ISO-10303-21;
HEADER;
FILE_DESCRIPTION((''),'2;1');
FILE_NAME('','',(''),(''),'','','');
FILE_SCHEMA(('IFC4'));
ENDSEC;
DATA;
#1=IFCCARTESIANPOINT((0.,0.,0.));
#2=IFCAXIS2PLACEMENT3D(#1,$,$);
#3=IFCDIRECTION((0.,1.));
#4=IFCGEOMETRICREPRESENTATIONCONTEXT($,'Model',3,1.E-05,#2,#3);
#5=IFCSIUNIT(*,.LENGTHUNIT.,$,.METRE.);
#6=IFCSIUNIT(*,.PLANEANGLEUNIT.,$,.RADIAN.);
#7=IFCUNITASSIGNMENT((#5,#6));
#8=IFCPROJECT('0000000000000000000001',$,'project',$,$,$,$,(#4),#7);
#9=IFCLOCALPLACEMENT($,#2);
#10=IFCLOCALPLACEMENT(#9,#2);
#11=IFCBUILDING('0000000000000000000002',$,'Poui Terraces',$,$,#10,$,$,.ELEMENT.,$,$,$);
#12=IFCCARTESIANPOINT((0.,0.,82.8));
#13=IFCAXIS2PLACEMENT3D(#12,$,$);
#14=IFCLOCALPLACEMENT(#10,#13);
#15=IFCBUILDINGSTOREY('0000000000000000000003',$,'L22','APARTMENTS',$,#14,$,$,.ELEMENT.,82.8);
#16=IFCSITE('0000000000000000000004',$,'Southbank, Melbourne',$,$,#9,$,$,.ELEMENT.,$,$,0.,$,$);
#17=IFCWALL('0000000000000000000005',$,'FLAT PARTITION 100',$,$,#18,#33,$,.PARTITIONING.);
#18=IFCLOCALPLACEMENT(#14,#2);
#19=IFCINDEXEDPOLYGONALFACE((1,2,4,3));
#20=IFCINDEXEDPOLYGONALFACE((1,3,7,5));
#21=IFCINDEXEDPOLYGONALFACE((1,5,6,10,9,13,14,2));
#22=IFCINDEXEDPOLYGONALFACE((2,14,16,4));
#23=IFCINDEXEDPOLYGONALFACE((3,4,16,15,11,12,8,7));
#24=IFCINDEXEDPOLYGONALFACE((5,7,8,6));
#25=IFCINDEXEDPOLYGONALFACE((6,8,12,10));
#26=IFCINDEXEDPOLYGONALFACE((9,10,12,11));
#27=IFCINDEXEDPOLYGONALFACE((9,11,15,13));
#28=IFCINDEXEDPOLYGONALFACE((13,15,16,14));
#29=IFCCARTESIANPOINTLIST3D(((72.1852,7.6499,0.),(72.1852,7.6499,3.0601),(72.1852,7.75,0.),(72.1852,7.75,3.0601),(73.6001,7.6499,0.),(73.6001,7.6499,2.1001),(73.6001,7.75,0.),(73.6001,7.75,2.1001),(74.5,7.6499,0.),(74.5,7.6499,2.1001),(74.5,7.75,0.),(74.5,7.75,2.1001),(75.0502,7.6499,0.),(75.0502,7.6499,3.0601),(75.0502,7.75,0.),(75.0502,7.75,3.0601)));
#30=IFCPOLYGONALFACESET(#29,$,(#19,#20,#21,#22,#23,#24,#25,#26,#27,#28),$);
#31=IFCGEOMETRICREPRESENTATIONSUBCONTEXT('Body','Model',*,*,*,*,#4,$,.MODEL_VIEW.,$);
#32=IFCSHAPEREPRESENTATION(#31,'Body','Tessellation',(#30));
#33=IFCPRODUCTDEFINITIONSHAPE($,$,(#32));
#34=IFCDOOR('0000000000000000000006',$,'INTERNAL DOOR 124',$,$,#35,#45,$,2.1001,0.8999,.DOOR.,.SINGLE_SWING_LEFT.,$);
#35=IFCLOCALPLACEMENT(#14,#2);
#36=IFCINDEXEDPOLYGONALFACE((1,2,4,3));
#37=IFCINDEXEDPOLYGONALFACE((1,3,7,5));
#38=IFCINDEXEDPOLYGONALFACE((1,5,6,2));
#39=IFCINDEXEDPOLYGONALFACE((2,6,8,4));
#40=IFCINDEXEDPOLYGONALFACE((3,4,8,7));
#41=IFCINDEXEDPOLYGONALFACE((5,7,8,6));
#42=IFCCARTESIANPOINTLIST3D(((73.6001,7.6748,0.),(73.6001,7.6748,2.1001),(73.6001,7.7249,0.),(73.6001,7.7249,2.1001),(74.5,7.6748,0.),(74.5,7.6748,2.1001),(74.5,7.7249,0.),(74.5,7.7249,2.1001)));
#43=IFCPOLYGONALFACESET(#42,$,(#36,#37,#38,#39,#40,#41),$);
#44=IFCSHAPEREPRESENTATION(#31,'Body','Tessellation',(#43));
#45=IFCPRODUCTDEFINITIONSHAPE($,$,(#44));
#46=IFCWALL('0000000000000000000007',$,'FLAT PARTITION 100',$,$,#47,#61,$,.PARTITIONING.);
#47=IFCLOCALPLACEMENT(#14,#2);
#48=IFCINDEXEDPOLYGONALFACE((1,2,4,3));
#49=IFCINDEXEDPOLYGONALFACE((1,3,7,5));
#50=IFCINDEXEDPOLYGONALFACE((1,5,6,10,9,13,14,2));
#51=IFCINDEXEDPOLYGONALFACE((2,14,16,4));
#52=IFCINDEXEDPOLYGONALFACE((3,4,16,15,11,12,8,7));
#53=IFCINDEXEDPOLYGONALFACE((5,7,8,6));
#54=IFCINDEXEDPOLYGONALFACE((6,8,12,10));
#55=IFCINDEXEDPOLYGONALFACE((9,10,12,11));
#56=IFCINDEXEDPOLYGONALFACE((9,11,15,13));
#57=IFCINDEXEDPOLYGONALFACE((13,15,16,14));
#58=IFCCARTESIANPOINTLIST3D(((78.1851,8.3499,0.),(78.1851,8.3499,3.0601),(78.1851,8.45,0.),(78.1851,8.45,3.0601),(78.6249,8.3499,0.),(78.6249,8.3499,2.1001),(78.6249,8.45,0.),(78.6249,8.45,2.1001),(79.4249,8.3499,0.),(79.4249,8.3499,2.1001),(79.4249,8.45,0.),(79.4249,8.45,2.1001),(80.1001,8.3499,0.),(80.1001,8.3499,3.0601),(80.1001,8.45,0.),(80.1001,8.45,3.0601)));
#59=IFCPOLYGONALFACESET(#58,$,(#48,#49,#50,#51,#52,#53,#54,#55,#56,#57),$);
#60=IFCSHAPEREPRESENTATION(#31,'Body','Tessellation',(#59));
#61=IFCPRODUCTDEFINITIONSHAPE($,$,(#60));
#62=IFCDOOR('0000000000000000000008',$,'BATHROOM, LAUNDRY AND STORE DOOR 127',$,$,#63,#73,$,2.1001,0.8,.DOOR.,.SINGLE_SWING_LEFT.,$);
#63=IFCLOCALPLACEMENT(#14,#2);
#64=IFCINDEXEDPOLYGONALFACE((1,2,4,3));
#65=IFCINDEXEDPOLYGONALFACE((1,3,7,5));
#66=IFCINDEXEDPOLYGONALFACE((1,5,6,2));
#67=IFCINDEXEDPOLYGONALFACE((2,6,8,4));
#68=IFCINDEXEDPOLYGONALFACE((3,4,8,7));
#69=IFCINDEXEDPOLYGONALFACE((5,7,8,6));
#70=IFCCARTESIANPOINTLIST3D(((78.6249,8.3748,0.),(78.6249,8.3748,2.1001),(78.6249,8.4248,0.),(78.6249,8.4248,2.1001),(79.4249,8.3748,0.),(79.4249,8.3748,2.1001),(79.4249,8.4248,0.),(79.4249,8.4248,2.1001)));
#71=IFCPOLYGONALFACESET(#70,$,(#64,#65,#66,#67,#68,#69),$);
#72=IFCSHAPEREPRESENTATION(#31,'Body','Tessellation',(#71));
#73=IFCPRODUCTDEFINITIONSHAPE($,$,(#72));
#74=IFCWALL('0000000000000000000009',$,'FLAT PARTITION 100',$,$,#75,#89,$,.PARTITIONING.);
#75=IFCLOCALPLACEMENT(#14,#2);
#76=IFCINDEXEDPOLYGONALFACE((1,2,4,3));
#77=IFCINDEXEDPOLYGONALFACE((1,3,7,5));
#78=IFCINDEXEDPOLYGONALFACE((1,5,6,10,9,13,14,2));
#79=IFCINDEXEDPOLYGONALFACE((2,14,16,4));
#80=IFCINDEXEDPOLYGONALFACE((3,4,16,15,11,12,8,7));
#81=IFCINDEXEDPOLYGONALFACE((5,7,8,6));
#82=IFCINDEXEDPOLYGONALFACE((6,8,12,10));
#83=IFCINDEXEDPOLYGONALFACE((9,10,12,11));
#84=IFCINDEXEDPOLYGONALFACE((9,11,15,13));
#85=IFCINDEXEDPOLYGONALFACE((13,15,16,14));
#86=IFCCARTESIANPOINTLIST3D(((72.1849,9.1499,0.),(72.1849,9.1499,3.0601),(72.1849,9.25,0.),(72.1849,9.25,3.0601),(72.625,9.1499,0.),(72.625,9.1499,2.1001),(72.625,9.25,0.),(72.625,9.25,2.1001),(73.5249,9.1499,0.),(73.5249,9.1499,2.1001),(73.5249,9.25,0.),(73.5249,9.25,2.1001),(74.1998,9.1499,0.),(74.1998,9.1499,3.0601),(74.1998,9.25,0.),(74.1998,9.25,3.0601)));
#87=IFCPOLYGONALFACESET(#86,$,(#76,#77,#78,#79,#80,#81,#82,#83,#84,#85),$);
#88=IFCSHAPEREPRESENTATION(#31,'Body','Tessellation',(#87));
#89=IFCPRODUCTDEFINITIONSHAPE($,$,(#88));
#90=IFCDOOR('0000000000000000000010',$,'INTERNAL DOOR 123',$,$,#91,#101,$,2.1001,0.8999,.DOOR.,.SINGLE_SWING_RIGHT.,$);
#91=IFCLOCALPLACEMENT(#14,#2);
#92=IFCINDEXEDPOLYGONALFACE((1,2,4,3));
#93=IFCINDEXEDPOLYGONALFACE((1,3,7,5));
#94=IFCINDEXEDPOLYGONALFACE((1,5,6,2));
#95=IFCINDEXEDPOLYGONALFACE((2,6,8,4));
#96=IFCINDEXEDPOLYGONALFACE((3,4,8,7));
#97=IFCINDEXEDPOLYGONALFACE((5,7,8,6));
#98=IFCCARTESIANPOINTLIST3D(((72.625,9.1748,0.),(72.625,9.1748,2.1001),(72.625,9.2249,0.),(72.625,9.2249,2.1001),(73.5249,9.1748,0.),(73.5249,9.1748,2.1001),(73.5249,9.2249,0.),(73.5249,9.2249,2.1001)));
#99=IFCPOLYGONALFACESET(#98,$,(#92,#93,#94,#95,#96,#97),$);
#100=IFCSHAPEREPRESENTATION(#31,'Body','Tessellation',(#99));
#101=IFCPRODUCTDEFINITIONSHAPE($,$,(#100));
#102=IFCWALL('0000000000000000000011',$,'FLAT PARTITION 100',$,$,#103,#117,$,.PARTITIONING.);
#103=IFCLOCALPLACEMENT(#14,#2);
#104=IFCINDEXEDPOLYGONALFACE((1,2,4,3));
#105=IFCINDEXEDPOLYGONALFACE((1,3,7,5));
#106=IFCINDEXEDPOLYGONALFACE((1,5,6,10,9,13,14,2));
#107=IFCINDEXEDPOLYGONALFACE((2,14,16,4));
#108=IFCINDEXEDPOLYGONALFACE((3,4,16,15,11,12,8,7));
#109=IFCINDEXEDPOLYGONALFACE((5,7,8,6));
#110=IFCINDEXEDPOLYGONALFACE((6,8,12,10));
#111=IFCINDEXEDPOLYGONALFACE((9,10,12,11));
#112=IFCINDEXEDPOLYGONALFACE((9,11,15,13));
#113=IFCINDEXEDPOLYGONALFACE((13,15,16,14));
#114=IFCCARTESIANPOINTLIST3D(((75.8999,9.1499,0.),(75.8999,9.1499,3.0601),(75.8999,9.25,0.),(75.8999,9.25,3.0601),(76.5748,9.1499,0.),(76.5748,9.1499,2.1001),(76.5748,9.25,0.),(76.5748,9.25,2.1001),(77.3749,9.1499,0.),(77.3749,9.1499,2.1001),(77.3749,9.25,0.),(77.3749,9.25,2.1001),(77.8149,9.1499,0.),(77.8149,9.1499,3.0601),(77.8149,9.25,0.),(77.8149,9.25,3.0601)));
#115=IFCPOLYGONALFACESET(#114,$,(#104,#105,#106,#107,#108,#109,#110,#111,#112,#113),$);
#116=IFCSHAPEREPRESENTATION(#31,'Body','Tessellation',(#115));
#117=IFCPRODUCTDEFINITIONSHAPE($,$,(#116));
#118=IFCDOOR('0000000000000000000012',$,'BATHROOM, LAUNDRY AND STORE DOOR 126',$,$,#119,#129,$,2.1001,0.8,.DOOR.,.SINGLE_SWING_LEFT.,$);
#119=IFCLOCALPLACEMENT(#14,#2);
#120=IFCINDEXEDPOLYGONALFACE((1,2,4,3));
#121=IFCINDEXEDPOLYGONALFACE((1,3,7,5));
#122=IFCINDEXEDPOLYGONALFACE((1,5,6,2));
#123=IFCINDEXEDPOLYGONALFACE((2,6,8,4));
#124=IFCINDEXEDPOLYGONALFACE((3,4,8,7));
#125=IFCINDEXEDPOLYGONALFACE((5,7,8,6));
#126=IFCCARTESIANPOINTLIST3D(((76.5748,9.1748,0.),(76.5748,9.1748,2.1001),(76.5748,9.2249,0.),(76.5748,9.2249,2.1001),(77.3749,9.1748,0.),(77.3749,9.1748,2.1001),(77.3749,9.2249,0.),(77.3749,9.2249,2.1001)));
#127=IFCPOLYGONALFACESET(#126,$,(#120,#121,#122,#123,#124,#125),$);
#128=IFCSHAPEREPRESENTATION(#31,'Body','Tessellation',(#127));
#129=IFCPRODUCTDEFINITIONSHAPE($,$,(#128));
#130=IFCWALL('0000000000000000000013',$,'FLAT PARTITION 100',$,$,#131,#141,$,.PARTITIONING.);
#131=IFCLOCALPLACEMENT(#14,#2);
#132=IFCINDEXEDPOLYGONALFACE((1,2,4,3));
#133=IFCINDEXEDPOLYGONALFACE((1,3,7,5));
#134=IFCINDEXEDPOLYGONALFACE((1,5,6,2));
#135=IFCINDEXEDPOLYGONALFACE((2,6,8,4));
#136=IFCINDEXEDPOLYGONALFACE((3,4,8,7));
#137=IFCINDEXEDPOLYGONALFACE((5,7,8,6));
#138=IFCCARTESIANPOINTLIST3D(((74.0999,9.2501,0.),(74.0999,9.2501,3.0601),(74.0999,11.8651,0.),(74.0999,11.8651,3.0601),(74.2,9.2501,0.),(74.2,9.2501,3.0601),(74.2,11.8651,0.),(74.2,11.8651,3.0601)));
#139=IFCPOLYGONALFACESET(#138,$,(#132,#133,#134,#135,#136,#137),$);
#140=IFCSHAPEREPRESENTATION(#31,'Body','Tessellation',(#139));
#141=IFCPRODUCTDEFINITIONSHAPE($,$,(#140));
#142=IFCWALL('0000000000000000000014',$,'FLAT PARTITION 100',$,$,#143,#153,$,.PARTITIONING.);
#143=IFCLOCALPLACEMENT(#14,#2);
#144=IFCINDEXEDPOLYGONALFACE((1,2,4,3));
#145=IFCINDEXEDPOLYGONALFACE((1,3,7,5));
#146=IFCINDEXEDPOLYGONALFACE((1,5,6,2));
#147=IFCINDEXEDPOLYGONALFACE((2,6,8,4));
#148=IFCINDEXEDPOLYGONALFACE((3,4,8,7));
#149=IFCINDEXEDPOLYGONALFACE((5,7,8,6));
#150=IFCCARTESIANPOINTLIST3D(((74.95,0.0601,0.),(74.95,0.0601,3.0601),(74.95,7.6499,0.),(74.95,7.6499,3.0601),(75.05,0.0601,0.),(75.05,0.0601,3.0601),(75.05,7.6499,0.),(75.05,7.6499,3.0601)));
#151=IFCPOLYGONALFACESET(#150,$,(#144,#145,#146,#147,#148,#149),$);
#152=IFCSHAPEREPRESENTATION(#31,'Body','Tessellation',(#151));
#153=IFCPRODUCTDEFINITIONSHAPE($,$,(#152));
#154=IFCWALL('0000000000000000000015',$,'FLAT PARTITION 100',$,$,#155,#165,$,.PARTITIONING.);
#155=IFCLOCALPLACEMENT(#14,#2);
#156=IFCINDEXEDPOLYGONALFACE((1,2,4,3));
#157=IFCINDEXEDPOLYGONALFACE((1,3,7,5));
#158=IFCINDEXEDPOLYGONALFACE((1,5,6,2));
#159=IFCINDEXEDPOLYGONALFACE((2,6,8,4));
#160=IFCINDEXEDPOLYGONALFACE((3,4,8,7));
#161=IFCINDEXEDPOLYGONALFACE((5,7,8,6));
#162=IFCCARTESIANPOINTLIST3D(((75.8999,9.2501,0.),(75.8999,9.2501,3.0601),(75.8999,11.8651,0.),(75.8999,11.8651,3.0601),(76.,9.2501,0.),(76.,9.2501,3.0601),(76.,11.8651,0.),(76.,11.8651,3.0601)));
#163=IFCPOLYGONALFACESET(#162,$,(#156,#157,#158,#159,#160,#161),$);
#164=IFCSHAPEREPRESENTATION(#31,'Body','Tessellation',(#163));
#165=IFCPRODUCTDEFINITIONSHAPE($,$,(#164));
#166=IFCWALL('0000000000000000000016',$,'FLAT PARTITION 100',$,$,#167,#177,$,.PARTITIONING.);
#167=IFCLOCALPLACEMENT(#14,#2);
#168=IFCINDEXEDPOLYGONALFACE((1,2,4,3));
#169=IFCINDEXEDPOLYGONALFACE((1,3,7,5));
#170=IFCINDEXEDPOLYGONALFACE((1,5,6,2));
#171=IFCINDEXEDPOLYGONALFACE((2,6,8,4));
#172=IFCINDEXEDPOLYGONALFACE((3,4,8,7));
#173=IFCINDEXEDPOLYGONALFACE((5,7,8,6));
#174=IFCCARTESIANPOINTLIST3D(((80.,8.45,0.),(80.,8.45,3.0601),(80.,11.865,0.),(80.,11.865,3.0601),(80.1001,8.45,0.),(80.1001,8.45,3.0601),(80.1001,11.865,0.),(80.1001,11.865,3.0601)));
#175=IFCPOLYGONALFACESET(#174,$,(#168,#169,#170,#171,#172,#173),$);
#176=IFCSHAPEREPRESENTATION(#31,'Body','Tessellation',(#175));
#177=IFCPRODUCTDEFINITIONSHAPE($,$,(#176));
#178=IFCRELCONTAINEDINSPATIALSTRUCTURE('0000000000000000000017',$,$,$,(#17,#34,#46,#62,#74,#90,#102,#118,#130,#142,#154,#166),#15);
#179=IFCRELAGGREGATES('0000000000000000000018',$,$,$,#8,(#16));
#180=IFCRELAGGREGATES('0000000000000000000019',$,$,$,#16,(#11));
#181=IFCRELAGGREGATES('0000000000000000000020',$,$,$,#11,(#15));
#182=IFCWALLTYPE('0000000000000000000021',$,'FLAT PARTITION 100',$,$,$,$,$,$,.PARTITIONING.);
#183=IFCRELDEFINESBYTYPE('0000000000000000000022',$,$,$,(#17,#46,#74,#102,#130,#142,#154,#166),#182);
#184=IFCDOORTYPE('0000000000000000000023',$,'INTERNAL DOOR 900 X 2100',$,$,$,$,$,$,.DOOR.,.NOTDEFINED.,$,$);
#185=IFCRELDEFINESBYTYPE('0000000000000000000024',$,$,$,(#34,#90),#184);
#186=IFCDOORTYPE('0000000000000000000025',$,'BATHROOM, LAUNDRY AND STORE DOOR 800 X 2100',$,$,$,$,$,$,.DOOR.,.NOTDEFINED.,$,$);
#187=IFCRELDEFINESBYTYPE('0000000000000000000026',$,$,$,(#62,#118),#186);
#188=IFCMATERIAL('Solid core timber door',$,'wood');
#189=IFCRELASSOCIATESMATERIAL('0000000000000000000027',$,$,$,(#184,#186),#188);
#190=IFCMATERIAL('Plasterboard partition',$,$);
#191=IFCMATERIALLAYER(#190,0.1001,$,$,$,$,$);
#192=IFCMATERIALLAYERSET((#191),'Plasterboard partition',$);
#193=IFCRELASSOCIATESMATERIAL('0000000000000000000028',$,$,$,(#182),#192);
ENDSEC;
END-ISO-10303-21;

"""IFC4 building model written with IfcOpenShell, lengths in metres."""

from ifc_helpers import new_model, si_unit, direction, frame, frame_2d, origin, place, context, subcontext, project, spatial, rectangle, extrude, material, layer, layer_set, type_object, element, fill, save


model = new_model("IFC4")

# Units and contexts
model_context = context("Model", 3, precision=1e-05, world=origin(), true_north=direction((0.0, 1.0)))
body_context = subcontext(model_context, "Body", "Model", "MODEL_VIEW")
ifc_project = project(units=[si_unit("LENGTHUNIT", "METRE"), si_unit("PLANEANGLEUNIT", "RADIAN")], contexts=[model_context])

# Site, building, storey
site_placement = place(None, origin())
site = spatial("IfcSite", under=ifc_project, at=site_placement, Name="Southbank, Melbourne", CompositionType="ELEMENT", RefElevation=0.0)
building_placement = place(site_placement, origin())
building = spatial("IfcBuilding", under=site, at=building_placement, Name="Poui Terraces", CompositionType="ELEMENT")
storey_placement = place(building_placement, frame((0.0, 0.0, 82.8)))
storey = spatial("IfcBuildingStorey", under=building, at=storey_placement, Name="L22", Description="APARTMENTS", CompositionType="ELEMENT", Elevation=82.8)

# Shared definitions
ifc_material_1 = material(Name="Solid core timber door", Category="wood")
door_type_1 = type_object("IfcDoorType", Name="INTERNAL DOOR 900 X 2100", OperationType="NOTDEFINED", PredefinedType="DOOR", material=ifc_material_1)

# Walls, openings, doors
ifc_material_2 = material(Name="Plasterboard partition")
ifc_layer_1 = layer(ifc_material_2, 0.1001)
ifc_layer_set_1 = layer_set([ifc_layer_1], Name="Plasterboard partition")
wall_type_1 = type_object("IfcWallType", Name="FLAT PARTITION 100", PredefinedType="PARTITIONING", material=ifc_layer_set_1)
wall_1_placement = place(storey_placement, frame((72.1851, 7.7, 0.0), z_axis=(0.0, 0.0, 1.0), x_axis=(1.0, 0.0, 0.0)))
wall_1 = element("IfcWall", 1, at=wall_1_placement, inside=storey, type_object=wall_type_1, Name="FLAT PARTITION 100", PredefinedType="PARTITIONING", context=body_context, shape_type="SweptSolid", body=[
    extrude(rectangle(XDim=2.865, YDim=0.1001, at=frame_2d((1.4326, 0.0))), origin(), (0.0, 0.0, 1.0), 3.0601),
])
opening_1_placement = place(wall_1_placement, frame((1.415, 0.0, 0.0)))
opening_1 = element("IfcOpeningElement", 2, at=opening_1_placement, cuts=wall_1, PredefinedType="OPENING", context=body_context, shape_type="SweptSolid", body=[
    extrude(rectangle(XDim=0.8999, YDim=2.1001, at=frame_2d((0.45, 1.05))), frame((0.0, 0.0601, 0.0), z_axis=(0.0, -1.0, 0.0), x_axis=(1.0, 0.0, 0.0)), (0.0, 0.0, 1.0), 0.1201),
])
door_1_placement = place(opening_1_placement, origin())
door_1 = element("IfcDoor", 3, at=door_1_placement, inside=storey, type_object=door_type_1, Name="INTERNAL DOOR 124", OperationType="SINGLE_SWING_LEFT", OverallHeight=2.1001, OverallWidth=0.8999, PredefinedType="DOOR", context=body_context, shape_type="SweptSolid", body=[
    extrude(rectangle(XDim=0.8999, YDim=2.1001, at=frame_2d((0.45, 1.05))), frame((0.0, 0.0249, 0.0), z_axis=(0.0, -1.0, 0.0), x_axis=(1.0, 0.0, 0.0)), (0.0, 0.0, 1.0), 0.05),
])
fill(opening_1, door_1)
wall_2_placement = place(storey_placement, frame((78.1851, 8.3999, 0.0), z_axis=(0.0, 0.0, 1.0), x_axis=(1.0, 0.0, 0.0)))
wall_2 = element("IfcWall", 4, at=wall_2_placement, inside=storey, type_object=wall_type_1, Name="FLAT PARTITION 100", PredefinedType="PARTITIONING", context=body_context, shape_type="SweptSolid", body=[
    extrude(rectangle(XDim=1.915, YDim=0.1001, at=frame_2d((0.9575, 0.0))), origin(), (0.0, 0.0, 1.0), 3.0601),
])
opening_2_placement = place(wall_2_placement, frame((0.4399, 0.0, 0.0)))
opening_2 = element("IfcOpeningElement", 5, at=opening_2_placement, cuts=wall_2, PredefinedType="OPENING", context=body_context, shape_type="SweptSolid", body=[
    extrude(rectangle(XDim=0.8, YDim=2.1001, at=frame_2d((0.3999, 1.05))), frame((0.0, 0.0601, 0.0), z_axis=(0.0, -1.0, 0.0), x_axis=(1.0, 0.0, 0.0)), (0.0, 0.0, 1.0), 0.1201),
])
door_type_2 = type_object("IfcDoorType", Name="BATHROOM, LAUNDRY AND STORE DOOR 800 X 2100", OperationType="NOTDEFINED", PredefinedType="DOOR", material=ifc_material_1)
door_2_placement = place(opening_2_placement, origin())
door_2 = element("IfcDoor", 6, at=door_2_placement, inside=storey, type_object=door_type_2, Name="BATHROOM, LAUNDRY AND STORE DOOR 127", OperationType="SINGLE_SWING_LEFT", OverallHeight=2.1001, OverallWidth=0.8, PredefinedType="DOOR", context=body_context, shape_type="SweptSolid", body=[
    extrude(rectangle(XDim=0.8, YDim=2.1001, at=frame_2d((0.3999, 1.05))), frame((0.0, 0.0249, 0.0), z_axis=(0.0, -1.0, 0.0), x_axis=(1.0, 0.0, 0.0)), (0.0, 0.0, 1.0), 0.05),
])
fill(opening_2, door_2)
wall_3_placement = place(storey_placement, frame((72.1851, 9.2, 0.0), z_axis=(0.0, 0.0, 1.0), x_axis=(1.0, 0.0, 0.0)))
wall_3 = element("IfcWall", 7, at=wall_3_placement, inside=storey, type_object=wall_type_1, Name="FLAT PARTITION 100", PredefinedType="PARTITIONING", context=body_context, shape_type="SweptSolid", body=[
    extrude(rectangle(XDim=2.0149, YDim=0.1001, at=frame_2d((1.0073, 0.0))), origin(), (0.0, 0.0, 1.0), 3.0601),
])
opening_3_placement = place(wall_3_placement, frame((0.4399, 0.0, 0.0)))
opening_3 = element("IfcOpeningElement", 8, at=opening_3_placement, cuts=wall_3, PredefinedType="OPENING", context=body_context, shape_type="SweptSolid", body=[
    extrude(rectangle(XDim=0.8999, YDim=2.1001, at=frame_2d((0.45, 1.05))), frame((0.0, 0.0601, 0.0), z_axis=(0.0, -1.0, 0.0), x_axis=(1.0, 0.0, 0.0)), (0.0, 0.0, 1.0), 0.1201),
])
door_3_placement = place(opening_3_placement, origin())
door_3 = element("IfcDoor", 9, at=door_3_placement, inside=storey, type_object=door_type_1, Name="INTERNAL DOOR 123", OperationType="SINGLE_SWING_RIGHT", OverallHeight=2.1001, OverallWidth=0.8999, PredefinedType="DOOR", context=body_context, shape_type="SweptSolid", body=[
    extrude(rectangle(XDim=0.8999, YDim=2.1001, at=frame_2d((0.45, 1.05))), frame((0.0, 0.0249, 0.0), z_axis=(0.0, -1.0, 0.0), x_axis=(1.0, 0.0, 0.0)), (0.0, 0.0, 1.0), 0.05),
])
fill(opening_3, door_3)
wall_4_placement = place(storey_placement, frame((75.8999, 9.2, 0.0), z_axis=(0.0, 0.0, 1.0), x_axis=(1.0, 0.0, 0.0)))
wall_4 = element("IfcWall", 10, at=wall_4_placement, inside=storey, type_object=wall_type_1, Name="FLAT PARTITION 100", PredefinedType="PARTITIONING", context=body_context, shape_type="SweptSolid", body=[
    extrude(rectangle(XDim=1.915, YDim=0.1001, at=frame_2d((0.9575, 0.0))), origin(), (0.0, 0.0, 1.0), 3.0601),
])
opening_4_placement = place(wall_4_placement, frame((0.675, 0.0, 0.0)))
opening_4 = element("IfcOpeningElement", 11, at=opening_4_placement, cuts=wall_4, PredefinedType="OPENING", context=body_context, shape_type="SweptSolid", body=[
    extrude(rectangle(XDim=0.8, YDim=2.1001, at=frame_2d((0.3999, 1.05))), frame((0.0, 0.0601, 0.0), z_axis=(0.0, -1.0, 0.0), x_axis=(1.0, 0.0, 0.0)), (0.0, 0.0, 1.0), 0.1201),
])
door_4_placement = place(opening_4_placement, origin())
door_4 = element("IfcDoor", 12, at=door_4_placement, inside=storey, type_object=door_type_2, Name="BATHROOM, LAUNDRY AND STORE DOOR 126", OperationType="SINGLE_SWING_LEFT", OverallHeight=2.1001, OverallWidth=0.8, PredefinedType="DOOR", context=body_context, shape_type="SweptSolid", body=[
    extrude(rectangle(XDim=0.8, YDim=2.1001, at=frame_2d((0.3999, 1.05))), frame((0.0, 0.0249, 0.0), z_axis=(0.0, -1.0, 0.0), x_axis=(1.0, 0.0, 0.0)), (0.0, 0.0, 1.0), 0.05),
])
fill(opening_4, door_4)

# Walls
wall_5_placement = place(storey_placement, frame((74.1499, 9.25, 0.0), z_axis=(0.0, 0.0, 1.0), x_axis=(0.0, 1.0, 0.0)))
element("IfcWall", 13, at=wall_5_placement, inside=storey, type_object=wall_type_1, Name="FLAT PARTITION 100", PredefinedType="PARTITIONING", context=body_context, shape_type="SweptSolid", body=[
    extrude(rectangle(XDim=2.615, YDim=0.1001, at=frame_2d((1.3076, 0.0))), origin(), (0.0, 0.0, 1.0), 3.0601),
])
wall_6_placement = place(storey_placement, frame((75.0, 0.0601, 0.0), z_axis=(0.0, 0.0, 1.0), x_axis=(0.0, 1.0, 0.0)))
element("IfcWall", 14, at=wall_6_placement, inside=storey, type_object=wall_type_1, Name="FLAT PARTITION 100", PredefinedType="PARTITIONING", context=body_context, shape_type="SweptSolid", body=[
    extrude(rectangle(XDim=7.5898, YDim=0.1001, at=frame_2d((3.7949, 0.0))), origin(), (0.0, 0.0, 1.0), 3.0601),
])
wall_7_placement = place(storey_placement, frame((75.95, 9.25, 0.0), z_axis=(0.0, 0.0, 1.0), x_axis=(0.0, 1.0, 0.0)))
element("IfcWall", 15, at=wall_7_placement, inside=storey, type_object=wall_type_1, Name="FLAT PARTITION 100", PredefinedType="PARTITIONING", context=body_context, shape_type="SweptSolid", body=[
    extrude(rectangle(XDim=2.615, YDim=0.1001, at=frame_2d((1.3076, 0.0))), origin(), (0.0, 0.0, 1.0), 3.0601),
])
wall_8_placement = place(storey_placement, frame((80.05, 8.45, 0.0), z_axis=(0.0, 0.0, 1.0), x_axis=(0.0, 1.0, 0.0)))
element("IfcWall", 16, at=wall_8_placement, inside=storey, type_object=wall_type_1, Name="FLAT PARTITION 100", PredefinedType="PARTITIONING", context=body_context, shape_type="SweptSolid", body=[
    extrude(rectangle(XDim=3.415, YDim=0.1001, at=frame_2d((1.7075, 0.0))), origin(), (0.0, 0.0, 1.0), 3.0601),
])

save(model, "model.ifc")
